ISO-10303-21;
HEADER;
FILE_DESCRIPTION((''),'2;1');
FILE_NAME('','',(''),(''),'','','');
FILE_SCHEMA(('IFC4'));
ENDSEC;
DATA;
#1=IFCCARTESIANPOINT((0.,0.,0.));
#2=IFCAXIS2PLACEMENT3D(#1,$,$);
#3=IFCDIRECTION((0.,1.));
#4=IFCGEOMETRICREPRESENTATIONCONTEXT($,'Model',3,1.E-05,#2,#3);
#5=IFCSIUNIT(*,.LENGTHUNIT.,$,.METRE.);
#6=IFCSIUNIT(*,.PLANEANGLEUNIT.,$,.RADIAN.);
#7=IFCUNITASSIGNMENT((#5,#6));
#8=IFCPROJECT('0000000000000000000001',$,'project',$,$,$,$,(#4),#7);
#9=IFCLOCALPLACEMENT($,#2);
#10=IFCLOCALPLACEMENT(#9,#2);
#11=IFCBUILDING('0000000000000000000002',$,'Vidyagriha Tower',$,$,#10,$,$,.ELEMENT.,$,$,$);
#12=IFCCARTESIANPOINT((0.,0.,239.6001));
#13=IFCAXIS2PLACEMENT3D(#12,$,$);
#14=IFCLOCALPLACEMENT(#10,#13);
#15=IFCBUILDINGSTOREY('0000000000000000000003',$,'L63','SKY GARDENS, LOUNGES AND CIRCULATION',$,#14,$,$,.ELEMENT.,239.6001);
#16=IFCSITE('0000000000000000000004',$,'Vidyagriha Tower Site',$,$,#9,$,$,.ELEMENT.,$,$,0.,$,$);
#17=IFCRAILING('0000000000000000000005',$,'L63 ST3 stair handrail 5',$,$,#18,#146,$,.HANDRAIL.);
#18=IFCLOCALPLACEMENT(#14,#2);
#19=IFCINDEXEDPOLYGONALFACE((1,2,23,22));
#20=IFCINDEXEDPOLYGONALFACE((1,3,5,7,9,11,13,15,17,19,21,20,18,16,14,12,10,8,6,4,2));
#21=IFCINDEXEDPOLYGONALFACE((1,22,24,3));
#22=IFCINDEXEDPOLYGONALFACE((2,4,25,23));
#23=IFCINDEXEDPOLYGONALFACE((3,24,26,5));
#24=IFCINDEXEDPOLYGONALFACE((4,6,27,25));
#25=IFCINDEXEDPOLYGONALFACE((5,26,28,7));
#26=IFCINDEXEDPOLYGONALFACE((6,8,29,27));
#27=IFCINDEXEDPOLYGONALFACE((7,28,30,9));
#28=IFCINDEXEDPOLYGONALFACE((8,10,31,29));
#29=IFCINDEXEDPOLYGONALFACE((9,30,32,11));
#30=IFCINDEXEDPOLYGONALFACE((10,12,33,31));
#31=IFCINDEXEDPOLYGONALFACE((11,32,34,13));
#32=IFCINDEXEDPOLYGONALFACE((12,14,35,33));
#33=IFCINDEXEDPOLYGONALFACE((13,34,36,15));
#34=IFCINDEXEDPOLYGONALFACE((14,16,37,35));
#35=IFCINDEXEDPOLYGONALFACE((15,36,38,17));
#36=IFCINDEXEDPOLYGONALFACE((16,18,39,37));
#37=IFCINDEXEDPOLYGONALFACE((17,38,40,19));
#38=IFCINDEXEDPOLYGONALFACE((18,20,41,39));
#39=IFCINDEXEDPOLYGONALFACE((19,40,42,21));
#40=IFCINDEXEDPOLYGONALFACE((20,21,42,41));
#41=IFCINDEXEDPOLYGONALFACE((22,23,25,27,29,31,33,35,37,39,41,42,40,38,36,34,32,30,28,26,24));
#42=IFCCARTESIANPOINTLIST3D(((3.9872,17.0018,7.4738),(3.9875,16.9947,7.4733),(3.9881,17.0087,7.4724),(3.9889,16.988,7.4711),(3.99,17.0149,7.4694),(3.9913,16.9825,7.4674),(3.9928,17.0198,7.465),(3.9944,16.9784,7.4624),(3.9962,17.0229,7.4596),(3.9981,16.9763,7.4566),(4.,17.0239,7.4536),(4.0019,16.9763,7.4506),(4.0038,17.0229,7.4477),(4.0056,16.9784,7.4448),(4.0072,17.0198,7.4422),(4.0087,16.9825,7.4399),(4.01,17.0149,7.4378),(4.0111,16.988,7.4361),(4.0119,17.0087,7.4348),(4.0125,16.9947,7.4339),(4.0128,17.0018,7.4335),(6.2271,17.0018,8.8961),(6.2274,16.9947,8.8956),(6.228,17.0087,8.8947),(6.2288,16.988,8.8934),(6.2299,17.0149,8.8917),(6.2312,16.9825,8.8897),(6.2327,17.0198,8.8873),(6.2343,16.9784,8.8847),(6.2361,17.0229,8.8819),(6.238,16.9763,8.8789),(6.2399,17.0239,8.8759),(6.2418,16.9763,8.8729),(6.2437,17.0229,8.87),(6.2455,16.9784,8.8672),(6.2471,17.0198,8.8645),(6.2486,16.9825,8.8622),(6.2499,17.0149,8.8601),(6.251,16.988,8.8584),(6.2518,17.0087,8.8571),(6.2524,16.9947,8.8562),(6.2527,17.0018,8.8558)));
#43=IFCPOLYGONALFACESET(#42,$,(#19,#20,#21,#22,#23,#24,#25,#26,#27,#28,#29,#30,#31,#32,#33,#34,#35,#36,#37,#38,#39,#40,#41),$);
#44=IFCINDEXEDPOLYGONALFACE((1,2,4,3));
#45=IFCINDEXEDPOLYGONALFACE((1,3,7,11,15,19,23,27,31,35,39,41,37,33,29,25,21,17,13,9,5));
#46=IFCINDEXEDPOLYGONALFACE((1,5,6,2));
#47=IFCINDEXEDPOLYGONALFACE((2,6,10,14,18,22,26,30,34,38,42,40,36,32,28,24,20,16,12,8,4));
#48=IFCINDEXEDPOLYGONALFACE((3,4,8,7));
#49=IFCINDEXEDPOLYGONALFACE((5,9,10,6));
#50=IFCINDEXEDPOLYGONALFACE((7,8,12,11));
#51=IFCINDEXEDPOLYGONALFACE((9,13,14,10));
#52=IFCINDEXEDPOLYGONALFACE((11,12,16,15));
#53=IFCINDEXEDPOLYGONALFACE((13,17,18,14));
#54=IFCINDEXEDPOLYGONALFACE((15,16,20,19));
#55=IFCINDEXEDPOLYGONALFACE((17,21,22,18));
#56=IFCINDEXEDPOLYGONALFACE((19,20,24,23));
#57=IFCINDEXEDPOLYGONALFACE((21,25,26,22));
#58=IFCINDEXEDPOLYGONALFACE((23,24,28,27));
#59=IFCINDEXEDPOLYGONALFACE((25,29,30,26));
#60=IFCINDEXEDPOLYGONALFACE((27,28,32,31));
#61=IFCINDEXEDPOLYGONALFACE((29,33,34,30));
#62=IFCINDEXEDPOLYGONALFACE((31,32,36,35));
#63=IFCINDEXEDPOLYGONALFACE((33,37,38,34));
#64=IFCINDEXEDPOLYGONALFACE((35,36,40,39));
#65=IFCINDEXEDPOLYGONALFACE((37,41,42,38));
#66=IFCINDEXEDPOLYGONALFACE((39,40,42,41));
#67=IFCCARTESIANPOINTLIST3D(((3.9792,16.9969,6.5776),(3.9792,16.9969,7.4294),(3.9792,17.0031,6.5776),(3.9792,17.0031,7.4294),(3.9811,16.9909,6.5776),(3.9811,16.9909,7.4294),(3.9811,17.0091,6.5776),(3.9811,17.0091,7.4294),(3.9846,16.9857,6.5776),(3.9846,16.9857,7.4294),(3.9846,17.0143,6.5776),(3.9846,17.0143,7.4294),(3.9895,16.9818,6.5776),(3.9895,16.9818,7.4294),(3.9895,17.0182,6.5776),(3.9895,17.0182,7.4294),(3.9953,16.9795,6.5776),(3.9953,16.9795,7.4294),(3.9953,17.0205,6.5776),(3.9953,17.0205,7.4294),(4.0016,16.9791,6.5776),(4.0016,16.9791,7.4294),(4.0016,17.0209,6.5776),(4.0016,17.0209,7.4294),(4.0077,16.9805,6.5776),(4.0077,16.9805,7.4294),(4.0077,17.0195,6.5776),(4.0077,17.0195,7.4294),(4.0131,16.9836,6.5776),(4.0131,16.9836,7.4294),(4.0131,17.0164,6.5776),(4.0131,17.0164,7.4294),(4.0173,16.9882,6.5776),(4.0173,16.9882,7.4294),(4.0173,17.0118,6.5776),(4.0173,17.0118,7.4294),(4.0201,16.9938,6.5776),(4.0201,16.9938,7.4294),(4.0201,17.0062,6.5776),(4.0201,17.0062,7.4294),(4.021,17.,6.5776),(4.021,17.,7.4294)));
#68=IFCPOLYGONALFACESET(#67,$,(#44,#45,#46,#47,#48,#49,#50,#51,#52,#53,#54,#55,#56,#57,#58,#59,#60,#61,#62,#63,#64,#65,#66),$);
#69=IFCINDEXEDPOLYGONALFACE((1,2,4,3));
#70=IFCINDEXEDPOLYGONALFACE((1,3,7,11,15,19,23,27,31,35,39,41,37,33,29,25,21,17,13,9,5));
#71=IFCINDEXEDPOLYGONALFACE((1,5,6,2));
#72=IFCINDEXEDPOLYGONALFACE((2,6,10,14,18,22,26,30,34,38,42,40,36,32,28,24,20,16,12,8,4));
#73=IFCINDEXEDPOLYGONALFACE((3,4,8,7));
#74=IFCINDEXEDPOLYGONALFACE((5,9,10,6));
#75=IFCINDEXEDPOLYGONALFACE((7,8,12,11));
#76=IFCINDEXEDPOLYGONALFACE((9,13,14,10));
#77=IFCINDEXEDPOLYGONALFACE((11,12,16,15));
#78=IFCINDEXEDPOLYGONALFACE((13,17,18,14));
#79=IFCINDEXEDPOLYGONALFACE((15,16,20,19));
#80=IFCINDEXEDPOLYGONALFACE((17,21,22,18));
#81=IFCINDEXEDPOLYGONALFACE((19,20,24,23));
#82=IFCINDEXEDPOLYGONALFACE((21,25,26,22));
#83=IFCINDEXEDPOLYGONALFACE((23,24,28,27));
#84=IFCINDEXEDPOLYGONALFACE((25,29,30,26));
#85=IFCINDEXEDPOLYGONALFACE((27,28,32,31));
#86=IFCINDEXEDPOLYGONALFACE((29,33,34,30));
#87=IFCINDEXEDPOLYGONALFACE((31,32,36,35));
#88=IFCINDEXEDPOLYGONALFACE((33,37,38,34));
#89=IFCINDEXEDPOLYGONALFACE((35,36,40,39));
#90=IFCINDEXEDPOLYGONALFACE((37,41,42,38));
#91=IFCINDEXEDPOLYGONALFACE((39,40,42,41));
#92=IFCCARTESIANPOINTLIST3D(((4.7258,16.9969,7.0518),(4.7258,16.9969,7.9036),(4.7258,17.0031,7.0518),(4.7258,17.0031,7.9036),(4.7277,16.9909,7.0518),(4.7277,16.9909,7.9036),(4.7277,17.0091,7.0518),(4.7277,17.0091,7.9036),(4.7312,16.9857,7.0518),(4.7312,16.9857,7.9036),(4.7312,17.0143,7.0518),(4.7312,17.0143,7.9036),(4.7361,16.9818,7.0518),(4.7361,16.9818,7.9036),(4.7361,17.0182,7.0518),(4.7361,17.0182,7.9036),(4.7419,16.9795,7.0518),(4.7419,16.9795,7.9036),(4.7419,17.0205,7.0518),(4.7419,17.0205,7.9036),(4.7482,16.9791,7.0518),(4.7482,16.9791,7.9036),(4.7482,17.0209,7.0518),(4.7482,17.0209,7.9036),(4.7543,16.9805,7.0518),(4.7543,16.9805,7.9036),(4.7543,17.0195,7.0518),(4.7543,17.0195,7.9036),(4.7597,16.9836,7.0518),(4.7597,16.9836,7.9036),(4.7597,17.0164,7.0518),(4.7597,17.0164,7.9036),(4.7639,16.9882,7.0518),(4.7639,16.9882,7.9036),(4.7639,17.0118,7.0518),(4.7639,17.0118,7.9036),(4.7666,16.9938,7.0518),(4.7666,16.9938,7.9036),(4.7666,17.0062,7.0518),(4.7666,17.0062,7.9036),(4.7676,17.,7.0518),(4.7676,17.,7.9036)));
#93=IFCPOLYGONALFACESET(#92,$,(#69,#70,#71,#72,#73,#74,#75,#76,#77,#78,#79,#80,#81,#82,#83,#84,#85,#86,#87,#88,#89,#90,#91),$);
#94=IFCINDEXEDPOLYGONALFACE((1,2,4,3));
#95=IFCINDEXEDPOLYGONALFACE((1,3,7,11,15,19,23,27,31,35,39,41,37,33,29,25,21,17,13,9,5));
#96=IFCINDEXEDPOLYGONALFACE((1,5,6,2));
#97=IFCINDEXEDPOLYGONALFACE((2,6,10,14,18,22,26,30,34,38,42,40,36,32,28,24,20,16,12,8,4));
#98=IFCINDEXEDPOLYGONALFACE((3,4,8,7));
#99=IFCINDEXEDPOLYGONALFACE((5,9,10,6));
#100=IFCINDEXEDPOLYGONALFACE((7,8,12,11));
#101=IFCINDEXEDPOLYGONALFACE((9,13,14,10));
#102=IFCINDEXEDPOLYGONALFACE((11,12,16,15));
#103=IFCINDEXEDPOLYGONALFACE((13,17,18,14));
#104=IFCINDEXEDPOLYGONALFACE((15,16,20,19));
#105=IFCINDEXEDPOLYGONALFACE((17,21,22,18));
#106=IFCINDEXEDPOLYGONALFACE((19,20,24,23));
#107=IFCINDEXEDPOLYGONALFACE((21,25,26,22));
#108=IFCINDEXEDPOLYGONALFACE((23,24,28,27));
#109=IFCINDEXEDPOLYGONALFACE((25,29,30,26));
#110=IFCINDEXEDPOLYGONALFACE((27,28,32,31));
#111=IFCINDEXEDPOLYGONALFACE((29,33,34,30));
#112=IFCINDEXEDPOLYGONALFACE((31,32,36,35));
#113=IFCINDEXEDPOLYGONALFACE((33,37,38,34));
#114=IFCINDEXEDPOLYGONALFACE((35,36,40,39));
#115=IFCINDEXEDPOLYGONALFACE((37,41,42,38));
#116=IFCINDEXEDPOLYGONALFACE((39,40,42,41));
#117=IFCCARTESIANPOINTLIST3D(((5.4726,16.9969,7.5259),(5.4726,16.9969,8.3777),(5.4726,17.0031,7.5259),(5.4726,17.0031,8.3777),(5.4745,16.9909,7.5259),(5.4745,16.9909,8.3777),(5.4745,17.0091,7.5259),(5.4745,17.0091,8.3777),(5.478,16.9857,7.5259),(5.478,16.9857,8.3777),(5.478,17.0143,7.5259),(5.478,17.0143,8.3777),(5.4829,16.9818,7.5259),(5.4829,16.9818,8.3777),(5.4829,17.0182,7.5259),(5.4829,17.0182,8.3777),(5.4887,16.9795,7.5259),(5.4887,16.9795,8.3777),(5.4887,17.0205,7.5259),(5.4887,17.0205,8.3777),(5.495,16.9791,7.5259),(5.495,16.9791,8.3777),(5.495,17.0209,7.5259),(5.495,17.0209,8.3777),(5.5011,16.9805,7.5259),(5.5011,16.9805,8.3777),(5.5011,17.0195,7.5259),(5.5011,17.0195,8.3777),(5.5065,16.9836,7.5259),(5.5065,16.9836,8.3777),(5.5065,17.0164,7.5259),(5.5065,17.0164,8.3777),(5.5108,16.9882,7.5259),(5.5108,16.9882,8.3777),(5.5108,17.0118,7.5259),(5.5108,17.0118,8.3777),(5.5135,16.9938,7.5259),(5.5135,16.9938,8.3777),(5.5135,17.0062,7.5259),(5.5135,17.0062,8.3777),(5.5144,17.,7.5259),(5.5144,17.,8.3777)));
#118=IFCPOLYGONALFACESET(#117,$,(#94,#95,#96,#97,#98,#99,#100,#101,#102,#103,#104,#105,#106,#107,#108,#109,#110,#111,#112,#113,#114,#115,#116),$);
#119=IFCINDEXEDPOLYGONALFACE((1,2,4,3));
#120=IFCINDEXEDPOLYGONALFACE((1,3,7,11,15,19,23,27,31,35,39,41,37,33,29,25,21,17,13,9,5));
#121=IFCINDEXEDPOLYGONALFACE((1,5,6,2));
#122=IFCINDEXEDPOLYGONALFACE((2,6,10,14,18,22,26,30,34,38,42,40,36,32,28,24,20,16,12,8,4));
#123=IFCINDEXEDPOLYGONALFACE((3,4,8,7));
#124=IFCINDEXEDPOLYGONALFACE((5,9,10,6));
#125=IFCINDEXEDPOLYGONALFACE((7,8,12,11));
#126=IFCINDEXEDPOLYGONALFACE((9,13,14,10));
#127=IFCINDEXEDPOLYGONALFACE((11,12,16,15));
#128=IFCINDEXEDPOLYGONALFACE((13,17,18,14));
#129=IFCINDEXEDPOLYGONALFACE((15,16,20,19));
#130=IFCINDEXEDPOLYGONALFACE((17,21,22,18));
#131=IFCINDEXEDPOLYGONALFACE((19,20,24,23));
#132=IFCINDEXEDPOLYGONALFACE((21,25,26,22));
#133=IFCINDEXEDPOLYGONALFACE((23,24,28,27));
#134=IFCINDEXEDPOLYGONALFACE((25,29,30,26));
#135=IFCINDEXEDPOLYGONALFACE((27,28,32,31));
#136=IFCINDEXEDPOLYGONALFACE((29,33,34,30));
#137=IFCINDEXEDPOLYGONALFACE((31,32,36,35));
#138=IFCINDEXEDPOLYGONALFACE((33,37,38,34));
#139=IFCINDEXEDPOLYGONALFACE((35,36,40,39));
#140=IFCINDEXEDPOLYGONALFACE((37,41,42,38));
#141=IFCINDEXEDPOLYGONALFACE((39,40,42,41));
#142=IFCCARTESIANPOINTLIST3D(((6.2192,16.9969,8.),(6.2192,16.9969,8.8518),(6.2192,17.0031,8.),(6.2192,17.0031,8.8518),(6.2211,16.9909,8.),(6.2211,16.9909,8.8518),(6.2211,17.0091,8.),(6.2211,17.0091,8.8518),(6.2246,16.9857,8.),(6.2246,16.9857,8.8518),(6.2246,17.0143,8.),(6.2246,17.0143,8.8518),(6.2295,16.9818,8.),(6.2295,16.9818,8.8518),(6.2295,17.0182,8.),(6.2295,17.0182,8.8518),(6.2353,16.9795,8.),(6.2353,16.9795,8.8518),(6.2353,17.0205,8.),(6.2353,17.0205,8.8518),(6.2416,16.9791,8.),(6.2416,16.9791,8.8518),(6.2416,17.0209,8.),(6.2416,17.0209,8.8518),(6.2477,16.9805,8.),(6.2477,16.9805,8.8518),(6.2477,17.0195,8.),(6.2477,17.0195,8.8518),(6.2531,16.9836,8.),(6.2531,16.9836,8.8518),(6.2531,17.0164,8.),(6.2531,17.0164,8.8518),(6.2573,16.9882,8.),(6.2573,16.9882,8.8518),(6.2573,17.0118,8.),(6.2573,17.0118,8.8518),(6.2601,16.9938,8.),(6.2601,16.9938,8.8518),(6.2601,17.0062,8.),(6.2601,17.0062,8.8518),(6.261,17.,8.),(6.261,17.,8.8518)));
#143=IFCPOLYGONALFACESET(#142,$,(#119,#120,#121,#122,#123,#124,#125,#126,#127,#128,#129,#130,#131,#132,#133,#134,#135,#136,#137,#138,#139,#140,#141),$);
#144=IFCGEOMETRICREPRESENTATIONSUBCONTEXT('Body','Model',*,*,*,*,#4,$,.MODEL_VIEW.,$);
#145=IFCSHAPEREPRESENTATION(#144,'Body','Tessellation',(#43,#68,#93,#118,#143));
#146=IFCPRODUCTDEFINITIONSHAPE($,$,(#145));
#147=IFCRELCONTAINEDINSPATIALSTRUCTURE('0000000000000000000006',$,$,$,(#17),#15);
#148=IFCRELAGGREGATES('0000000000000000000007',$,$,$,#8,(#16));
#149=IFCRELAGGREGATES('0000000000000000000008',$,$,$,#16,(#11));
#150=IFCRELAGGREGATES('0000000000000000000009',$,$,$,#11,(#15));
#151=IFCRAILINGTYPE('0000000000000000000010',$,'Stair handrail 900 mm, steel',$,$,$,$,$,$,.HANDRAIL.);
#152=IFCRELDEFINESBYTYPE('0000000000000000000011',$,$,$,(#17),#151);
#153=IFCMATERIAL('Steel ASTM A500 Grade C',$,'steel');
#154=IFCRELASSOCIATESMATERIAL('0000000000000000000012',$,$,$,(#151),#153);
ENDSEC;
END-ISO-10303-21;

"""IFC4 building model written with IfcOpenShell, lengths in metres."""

from ifc_helpers import new_model, si_unit, direction, frame, origin, origin_2d, place, context, subcontext, project, spatial, circle, extrude, material, type_object, element, save


model = new_model("IFC4")

# Units and contexts
model_context = context("Model", 3, precision=1e-05, world=origin(), true_north=direction((0.0, 1.0)))
body_context = subcontext(model_context, "Body", "Model", "MODEL_VIEW")
ifc_project = project(units=[si_unit("LENGTHUNIT", "METRE"), si_unit("PLANEANGLEUNIT", "RADIAN")], contexts=[model_context])

# Site, building, storey
site_placement = place(None, origin())
site = spatial("IfcSite", under=ifc_project, at=site_placement, Name="Vidyagriha Tower Site", CompositionType="ELEMENT", RefElevation=0.0)
building_placement = place(site_placement, origin())
building = spatial("IfcBuilding", under=site, at=building_placement, Name="Vidyagriha Tower", CompositionType="ELEMENT")
storey_placement = place(building_placement, frame((0.0, 0.0, 239.6001)))
storey = spatial("IfcBuildingStorey", under=building, at=storey_placement, Name="L63", Description="SKY GARDENS, LOUNGES AND CIRCULATION", CompositionType="ELEMENT", Elevation=239.6001)

# Railing
ifc_material_1 = material(Name="Steel ASTM A500 Grade C", Category="steel")
railing_type_1 = type_object("IfcRailingType", Name="Stair handrail 900 mm, steel", PredefinedType="HANDRAIL", material=ifc_material_1)
railing_1_placement = place(storey_placement, frame((4.0, 17.0, 6.5776)))
element("IfcRailing", 1, at=railing_1_placement, inside=storey, type_object=railing_type_1, Name="L63 ST3 stair handrail 5", PredefinedType="HANDRAIL", context=body_context, shape_type="SweptSolid", body=[
    extrude(circle(Radius=0.0239, at=origin_2d()), frame((0.0, 0.0, 0.876), z_axis=(0.844188, 0.0, 0.536048), x_axis=(0.0, 1.0, 0.0)), (0.0, 0.0, 1.0), 2.6533),
    extrude(circle(Radius=0.021, at=origin_2d()), origin(), (0.0, 0.0, 1.0), 0.8518),
    extrude(circle(Radius=0.021, at=origin_2d()), frame((0.7466, 0.0, 0.4741)), (0.0, 0.0, 1.0), 0.8518),
    extrude(circle(Radius=0.021, at=origin_2d()), frame((1.4934, 0.0, 0.9482)), (0.0, 0.0, 1.0), 0.8518),
    extrude(circle(Radius=0.021, at=origin_2d()), frame((2.24, 0.0, 1.4224)), (0.0, 0.0, 1.0), 0.8518),
])

save(model, "model.ifc")
